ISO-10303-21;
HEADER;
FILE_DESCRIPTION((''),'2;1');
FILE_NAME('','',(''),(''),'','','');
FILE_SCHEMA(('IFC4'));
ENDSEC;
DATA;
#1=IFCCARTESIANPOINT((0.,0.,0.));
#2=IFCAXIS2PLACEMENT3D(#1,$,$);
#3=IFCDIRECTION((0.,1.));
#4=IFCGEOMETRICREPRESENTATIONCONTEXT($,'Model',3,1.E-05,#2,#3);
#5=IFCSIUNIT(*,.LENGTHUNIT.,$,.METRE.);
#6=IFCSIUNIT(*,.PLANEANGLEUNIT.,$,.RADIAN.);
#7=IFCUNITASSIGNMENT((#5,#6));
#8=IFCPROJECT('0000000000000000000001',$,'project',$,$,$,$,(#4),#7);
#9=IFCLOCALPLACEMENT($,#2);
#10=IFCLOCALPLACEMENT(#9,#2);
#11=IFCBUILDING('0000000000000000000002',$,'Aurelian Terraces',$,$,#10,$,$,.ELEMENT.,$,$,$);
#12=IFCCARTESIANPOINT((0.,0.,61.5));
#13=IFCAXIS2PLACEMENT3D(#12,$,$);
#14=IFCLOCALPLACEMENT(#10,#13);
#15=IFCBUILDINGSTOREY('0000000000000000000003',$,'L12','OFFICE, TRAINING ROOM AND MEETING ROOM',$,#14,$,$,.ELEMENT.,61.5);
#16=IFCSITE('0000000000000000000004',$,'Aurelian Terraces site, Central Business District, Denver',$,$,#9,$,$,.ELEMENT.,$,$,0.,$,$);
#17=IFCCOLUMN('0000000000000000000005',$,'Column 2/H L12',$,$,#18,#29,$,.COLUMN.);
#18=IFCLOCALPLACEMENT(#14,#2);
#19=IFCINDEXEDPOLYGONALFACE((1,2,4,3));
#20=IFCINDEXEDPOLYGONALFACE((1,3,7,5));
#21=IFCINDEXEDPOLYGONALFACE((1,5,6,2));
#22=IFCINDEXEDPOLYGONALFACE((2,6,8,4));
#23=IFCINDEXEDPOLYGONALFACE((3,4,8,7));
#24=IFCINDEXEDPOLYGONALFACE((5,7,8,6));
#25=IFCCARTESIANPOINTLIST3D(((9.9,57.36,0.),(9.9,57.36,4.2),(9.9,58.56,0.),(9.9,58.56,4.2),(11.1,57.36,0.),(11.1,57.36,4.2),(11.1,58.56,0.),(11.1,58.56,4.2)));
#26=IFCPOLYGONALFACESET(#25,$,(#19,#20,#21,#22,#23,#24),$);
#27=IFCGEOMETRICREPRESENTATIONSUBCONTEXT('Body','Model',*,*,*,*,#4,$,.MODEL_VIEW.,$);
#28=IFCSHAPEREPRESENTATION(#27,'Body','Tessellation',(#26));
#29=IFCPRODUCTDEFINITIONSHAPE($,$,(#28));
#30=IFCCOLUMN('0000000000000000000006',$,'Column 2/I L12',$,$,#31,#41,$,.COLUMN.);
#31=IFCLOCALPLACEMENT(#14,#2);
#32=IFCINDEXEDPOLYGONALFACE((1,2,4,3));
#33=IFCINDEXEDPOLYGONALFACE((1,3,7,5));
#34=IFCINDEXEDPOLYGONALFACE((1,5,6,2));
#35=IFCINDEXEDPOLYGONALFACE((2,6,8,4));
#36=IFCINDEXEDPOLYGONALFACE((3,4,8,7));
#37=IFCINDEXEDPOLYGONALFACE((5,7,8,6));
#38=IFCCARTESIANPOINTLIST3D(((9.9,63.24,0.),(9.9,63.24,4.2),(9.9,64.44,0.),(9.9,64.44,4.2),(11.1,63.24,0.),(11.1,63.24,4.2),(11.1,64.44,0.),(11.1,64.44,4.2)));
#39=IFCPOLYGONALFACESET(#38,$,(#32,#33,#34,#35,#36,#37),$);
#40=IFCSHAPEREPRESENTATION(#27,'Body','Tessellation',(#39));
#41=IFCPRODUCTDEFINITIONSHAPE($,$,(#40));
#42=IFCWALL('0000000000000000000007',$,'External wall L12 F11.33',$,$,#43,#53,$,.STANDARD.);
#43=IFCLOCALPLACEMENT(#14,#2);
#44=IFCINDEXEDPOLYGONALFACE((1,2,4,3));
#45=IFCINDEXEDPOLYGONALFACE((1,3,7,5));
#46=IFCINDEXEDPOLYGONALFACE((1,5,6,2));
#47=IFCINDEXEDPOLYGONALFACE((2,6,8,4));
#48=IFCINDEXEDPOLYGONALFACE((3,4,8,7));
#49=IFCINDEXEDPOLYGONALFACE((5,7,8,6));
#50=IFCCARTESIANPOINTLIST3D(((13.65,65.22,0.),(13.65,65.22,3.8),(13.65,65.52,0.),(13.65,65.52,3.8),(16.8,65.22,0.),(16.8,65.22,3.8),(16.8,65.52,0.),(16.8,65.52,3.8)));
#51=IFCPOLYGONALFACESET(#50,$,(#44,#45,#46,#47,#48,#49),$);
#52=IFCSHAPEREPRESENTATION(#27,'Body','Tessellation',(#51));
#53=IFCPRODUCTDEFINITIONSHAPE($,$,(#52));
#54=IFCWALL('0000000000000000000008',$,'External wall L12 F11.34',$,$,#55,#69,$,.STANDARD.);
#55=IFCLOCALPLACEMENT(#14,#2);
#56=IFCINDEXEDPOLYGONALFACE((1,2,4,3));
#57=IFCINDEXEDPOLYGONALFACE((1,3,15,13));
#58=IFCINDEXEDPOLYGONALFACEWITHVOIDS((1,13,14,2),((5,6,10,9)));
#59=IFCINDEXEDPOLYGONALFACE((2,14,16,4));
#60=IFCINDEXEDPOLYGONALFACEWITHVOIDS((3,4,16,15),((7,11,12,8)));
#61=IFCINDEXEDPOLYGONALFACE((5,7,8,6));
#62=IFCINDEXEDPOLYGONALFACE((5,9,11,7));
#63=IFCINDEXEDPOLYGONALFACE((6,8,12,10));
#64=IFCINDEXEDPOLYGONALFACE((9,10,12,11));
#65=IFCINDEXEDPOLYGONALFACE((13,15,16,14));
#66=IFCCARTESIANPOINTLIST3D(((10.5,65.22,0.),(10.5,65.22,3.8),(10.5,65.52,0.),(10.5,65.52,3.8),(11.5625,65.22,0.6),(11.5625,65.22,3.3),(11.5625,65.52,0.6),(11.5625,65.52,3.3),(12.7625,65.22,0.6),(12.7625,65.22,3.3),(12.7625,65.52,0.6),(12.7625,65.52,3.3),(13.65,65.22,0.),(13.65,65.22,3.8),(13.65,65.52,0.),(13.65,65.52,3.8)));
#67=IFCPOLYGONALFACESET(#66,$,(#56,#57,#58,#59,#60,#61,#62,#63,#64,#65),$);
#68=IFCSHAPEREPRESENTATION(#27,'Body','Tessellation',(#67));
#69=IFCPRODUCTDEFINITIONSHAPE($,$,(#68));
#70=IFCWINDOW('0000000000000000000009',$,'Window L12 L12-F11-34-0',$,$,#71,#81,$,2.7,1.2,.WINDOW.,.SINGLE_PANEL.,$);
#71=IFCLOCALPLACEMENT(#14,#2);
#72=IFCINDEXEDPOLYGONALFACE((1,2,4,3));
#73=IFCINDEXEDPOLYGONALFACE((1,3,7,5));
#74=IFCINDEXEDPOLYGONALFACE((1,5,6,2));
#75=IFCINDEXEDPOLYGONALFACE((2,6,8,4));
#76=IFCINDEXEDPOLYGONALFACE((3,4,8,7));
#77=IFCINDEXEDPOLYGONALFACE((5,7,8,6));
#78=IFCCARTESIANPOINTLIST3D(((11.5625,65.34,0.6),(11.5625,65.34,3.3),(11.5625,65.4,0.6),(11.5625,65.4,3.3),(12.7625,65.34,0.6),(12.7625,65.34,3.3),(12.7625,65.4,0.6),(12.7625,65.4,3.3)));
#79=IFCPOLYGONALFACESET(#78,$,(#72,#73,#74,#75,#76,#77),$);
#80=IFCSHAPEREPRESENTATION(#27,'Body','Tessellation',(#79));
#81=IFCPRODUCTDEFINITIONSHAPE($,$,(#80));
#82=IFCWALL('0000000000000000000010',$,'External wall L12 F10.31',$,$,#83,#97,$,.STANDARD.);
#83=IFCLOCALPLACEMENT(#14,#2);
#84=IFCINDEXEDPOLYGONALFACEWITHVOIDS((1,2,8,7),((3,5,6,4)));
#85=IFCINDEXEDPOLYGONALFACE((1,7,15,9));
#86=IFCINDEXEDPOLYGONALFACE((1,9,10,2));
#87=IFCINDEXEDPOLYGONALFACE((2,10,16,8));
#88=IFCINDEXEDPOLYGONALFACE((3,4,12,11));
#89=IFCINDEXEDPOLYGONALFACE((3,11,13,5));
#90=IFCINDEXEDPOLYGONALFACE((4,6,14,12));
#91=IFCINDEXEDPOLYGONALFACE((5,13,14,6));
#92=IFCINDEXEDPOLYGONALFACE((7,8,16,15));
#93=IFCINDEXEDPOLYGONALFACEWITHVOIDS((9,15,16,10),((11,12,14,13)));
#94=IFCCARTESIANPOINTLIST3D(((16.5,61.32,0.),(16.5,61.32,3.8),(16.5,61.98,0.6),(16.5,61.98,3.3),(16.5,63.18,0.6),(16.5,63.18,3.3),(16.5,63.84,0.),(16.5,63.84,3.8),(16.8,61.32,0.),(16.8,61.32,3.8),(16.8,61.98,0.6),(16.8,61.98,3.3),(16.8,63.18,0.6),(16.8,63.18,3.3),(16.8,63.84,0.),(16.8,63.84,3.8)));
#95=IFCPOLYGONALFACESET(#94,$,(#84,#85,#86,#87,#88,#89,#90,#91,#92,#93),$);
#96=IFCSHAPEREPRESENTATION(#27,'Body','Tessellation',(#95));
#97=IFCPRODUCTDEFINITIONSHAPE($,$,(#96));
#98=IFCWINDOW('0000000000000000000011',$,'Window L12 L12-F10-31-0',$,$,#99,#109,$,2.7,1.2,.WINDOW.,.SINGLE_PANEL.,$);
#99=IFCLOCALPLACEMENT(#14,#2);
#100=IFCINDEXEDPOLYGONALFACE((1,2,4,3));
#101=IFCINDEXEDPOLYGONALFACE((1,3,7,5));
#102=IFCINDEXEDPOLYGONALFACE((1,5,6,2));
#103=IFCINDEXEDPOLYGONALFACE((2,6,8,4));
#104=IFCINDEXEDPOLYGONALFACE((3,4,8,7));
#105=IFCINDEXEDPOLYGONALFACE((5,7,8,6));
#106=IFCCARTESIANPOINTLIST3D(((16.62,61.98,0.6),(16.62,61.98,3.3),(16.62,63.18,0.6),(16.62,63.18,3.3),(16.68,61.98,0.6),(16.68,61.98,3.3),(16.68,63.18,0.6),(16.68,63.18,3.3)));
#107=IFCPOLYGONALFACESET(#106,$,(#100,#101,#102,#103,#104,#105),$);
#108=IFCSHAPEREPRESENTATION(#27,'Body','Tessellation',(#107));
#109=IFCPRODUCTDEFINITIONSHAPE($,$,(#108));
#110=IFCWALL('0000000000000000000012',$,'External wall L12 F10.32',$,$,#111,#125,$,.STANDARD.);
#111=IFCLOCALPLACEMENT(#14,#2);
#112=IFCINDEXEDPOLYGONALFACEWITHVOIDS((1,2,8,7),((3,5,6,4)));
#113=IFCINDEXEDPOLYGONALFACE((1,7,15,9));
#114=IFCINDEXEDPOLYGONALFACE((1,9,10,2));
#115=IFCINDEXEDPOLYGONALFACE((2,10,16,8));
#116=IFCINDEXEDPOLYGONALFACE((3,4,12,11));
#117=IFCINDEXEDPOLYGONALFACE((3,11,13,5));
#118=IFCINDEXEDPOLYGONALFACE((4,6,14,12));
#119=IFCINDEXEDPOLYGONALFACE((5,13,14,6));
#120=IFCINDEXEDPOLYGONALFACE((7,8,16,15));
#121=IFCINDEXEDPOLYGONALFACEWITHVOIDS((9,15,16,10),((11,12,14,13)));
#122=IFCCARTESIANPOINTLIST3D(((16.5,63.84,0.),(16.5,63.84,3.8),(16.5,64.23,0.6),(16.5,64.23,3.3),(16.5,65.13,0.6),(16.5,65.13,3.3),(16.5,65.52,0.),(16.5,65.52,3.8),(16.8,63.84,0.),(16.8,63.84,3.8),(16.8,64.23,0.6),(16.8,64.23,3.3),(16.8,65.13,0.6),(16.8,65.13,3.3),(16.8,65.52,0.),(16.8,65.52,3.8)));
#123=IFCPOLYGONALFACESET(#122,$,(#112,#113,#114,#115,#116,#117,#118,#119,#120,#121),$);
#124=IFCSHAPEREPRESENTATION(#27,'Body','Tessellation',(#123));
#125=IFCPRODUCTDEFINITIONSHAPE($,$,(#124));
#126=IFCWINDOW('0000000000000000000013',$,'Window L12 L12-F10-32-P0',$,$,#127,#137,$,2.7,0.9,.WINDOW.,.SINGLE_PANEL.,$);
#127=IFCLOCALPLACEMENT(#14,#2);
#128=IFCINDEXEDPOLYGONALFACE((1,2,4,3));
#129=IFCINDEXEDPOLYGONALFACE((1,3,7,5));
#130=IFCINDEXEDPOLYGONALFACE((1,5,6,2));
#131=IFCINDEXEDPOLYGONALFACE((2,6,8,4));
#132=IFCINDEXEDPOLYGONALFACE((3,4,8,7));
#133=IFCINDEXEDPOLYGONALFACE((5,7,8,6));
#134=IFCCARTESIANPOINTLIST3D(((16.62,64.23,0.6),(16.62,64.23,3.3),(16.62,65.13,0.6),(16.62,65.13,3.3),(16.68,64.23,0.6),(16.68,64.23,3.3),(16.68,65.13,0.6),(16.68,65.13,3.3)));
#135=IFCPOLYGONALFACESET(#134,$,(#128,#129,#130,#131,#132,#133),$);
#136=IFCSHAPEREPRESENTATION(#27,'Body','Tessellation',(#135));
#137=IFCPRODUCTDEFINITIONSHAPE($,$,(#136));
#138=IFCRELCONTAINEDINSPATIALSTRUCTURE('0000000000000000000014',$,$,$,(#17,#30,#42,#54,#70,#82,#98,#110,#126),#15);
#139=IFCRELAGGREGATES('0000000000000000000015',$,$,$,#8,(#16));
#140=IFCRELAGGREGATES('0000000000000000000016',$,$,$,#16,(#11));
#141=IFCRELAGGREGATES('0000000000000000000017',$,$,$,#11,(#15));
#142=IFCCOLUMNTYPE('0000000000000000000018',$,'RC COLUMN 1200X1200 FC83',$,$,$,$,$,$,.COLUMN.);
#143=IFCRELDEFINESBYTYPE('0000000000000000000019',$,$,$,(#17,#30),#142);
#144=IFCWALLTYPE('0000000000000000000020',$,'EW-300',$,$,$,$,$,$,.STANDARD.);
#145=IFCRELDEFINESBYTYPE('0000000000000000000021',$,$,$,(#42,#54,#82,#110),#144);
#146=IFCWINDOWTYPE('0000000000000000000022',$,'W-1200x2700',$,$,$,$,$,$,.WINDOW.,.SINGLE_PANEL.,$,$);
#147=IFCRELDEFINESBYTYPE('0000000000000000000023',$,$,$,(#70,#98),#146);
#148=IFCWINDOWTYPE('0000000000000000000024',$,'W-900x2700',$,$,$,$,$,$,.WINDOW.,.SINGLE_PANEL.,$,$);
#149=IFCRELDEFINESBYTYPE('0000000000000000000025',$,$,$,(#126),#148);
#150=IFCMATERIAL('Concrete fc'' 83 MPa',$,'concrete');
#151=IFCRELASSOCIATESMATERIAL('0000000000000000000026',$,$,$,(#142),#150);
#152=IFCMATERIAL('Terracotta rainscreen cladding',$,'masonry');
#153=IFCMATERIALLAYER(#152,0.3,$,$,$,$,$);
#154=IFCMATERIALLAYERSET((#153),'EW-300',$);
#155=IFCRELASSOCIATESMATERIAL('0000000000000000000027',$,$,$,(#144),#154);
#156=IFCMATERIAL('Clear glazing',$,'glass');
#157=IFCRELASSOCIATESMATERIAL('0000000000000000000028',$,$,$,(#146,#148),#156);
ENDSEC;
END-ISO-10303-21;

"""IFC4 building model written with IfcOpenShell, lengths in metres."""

from ifc_helpers import new_model, si_unit, direction, frame, frame_2d, origin, origin_2d, place, context, subcontext, project, spatial, rectangle, extrude, source, transform, mapped, material, layer, layer_set, material_profile, profile_set, type_object, element, fill, save


model = new_model("IFC4")

# Units and contexts
model_context = context("Model", 3, precision=1e-05, world=origin(), true_north=direction((0.0, 1.0)))
body_context = subcontext(model_context, "Body", "Model", "MODEL_VIEW")
ifc_project = project(units=[si_unit("LENGTHUNIT", "METRE"), si_unit("PLANEANGLEUNIT", "RADIAN")], contexts=[model_context])

# Site, building, storey
site_placement = place(None, origin())
site = spatial("IfcSite", under=ifc_project, at=site_placement, Name="Aurelian Terraces site, Central Business District, Denver", CompositionType="ELEMENT", RefElevation=0.0)
building_placement = place(site_placement, origin())
building = spatial("IfcBuilding", under=site, at=building_placement, Name="Aurelian Terraces", CompositionType="ELEMENT")
storey_placement = place(building_placement, frame((0.0, 0.0, 61.5)))
storey = spatial("IfcBuildingStorey", under=building, at=storey_placement, Name="L12", Description="OFFICE, TRAINING ROOM AND MEETING ROOM", CompositionType="ELEMENT", Elevation=61.5)

# Columns
ifc_material_1 = material(Name="Concrete fc' 83 MPa", Category="concrete")
ifc_material_profile = material_profile(ifc_material_1, rectangle(XDim=1.2, YDim=1.2, at=origin_2d()))
ifc_profile_set = profile_set([ifc_material_profile], Name="Concrete fc' 83 MPa")
column_type = type_object("IfcColumnType", Name="RC COLUMN 1200X1200 FC83", PredefinedType="COLUMN", material=ifc_profile_set)
shared_shape_1 = source(origin(), body_context, "Body", "SweptSolid", [
    extrude(rectangle(XDim=1.2, YDim=1.2, at=origin_2d()), origin(), (0.0, 0.0, 1.0), 4.2),
])
for number, where, z_axis, x_axis, name in (
    (1, (10.5, 57.96, 0.0), (0.0, 0.0, 1.0), (1.0, 0.0, 0.0), "Column 2/H L12"),
    (2, (10.5, 63.84, 0.0), (0.0, 0.0, 1.0), (1.0, 0.0, 0.0), "Column 2/I L12"),
):
    element("IfcColumn", number, at=place(storey_placement, frame(where, z_axis=z_axis, x_axis=x_axis)), inside=storey, type_object=column_type, Name=name, PredefinedType="COLUMN", context=body_context, shape_type="MappedRepresentation", body=[
        mapped(shared_shape_1, transform((0.0, 0.0, 0.0), scale=1.0)),
    ])

# Wall
ifc_material_2 = material(Name="Terracotta rainscreen cladding", Category="masonry")
ifc_layer_1 = layer(ifc_material_2, 0.3)
ifc_layer_set_1 = layer_set([ifc_layer_1], Name="EW-300")
wall_type_1 = type_object("IfcWallType", Name="EW-300", PredefinedType="STANDARD", material=ifc_layer_set_1)
shared_shape_2 = source(origin(), body_context, "Body", "SweptSolid", [
    extrude(rectangle(XDim=3.15, YDim=0.3, at=frame_2d((1.575, 0.0))), origin(), (0.0, 0.0, 1.0), 3.8),
])
wall_1_placement = place(storey_placement, frame((16.8, 65.37, 0.0), z_axis=(0.0, 0.0, 1.0), x_axis=(-1.0, 0.0, 0.0)))
element("IfcWall", 3, at=wall_1_placement, inside=storey, type_object=wall_type_1, Name="External wall L12 F11.33", PredefinedType="STANDARD", context=body_context, shape_type="MappedRepresentation", body=[
    mapped(shared_shape_2, transform((0.0, 0.0, 0.0), scale=1.0)),
])

# Walls, openings, windows
wall_2_placement = place(storey_placement, frame((13.65, 65.37, 0.0), z_axis=(0.0, 0.0, 1.0), x_axis=(-1.0, 0.0, 0.0)))
wall_2 = element("IfcWall", 4, at=wall_2_placement, inside=storey, type_object=wall_type_1, Name="External wall L12 F11.34", PredefinedType="STANDARD", context=body_context, shape_type="MappedRepresentation", body=[
    mapped(shared_shape_2, transform((0.0, 0.0, 0.0), scale=1.0)),
])
shared_shape_3 = source(origin(), body_context, "Body", "SweptSolid", [
    extrude(rectangle(XDim=1.2, YDim=2.7, at=frame_2d((0.6, 1.35))), frame((0.0, 0.16, 0.0), z_axis=(0.0, -1.0, 0.0), x_axis=(1.0, 0.0, 0.0)), (0.0, 0.0, 1.0), 0.32),
])
opening_1_placement = place(wall_2_placement, frame((0.8875, 0.0, 0.6)))
opening_1 = element("IfcOpeningElement", 5, at=opening_1_placement, cuts=wall_2, PredefinedType="OPENING", context=body_context, shape_type="MappedRepresentation", body=[
    mapped(shared_shape_3, transform((0.0, 0.0, 0.0), scale=1.0)),
])
ifc_material_3 = material(Name="Clear glazing", Category="glass")
window_type_1 = type_object("IfcWindowType", Name="W-1200x2700", PartitioningType="SINGLE_PANEL", PredefinedType="WINDOW", material=ifc_material_3)
shared_shape_4 = source(origin(), body_context, "Body", "SweptSolid", [
    extrude(rectangle(XDim=1.2, YDim=2.7, at=frame_2d((0.6, 1.35))), frame((0.0, 0.03, 0.0), z_axis=(0.0, -1.0, 0.0), x_axis=(1.0, 0.0, 0.0)), (0.0, 0.0, 1.0), 0.06),
])
window_1_placement = place(opening_1_placement, origin())
window_1 = element("IfcWindow", 6, at=window_1_placement, inside=storey, type_object=window_type_1, Name="Window L12 L12-F11-34-0", OverallHeight=2.7, OverallWidth=1.2, PartitioningType="SINGLE_PANEL", PredefinedType="WINDOW", context=body_context, shape_type="MappedRepresentation", body=[
    mapped(shared_shape_4, transform((0.0, 0.0, 0.0), scale=1.0)),
])
fill(opening_1, window_1)
shared_shape_5 = source(origin(), body_context, "Body", "SweptSolid", [
    extrude(rectangle(XDim=2.52, YDim=0.3, at=frame_2d((1.26, 0.0))), origin(), (0.0, 0.0, 1.0), 3.8),
])
wall_3_placement = place(storey_placement, frame((16.65, 61.32, 0.0), z_axis=(0.0, 0.0, 1.0), x_axis=(0.0, 1.0, 0.0)))
wall_3 = element("IfcWall", 7, at=wall_3_placement, inside=storey, type_object=wall_type_1, Name="External wall L12 F10.31", PredefinedType="STANDARD", context=body_context, shape_type="MappedRepresentation", body=[
    mapped(shared_shape_5, transform((0.0, 0.0, 0.0), scale=1.0)),
])
opening_2_placement = place(wall_3_placement, frame((0.66, 0.0, 0.6)))
opening_2 = element("IfcOpeningElement", 8, at=opening_2_placement, cuts=wall_3, PredefinedType="OPENING", context=body_context, shape_type="MappedRepresentation", body=[
    mapped(shared_shape_3, transform((0.0, 0.0, 0.0), scale=1.0)),
])
window_2_placement = place(opening_2_placement, origin())
window_2 = element("IfcWindow", 9, at=window_2_placement, inside=storey, type_object=window_type_1, Name="Window L12 L12-F10-31-0", OverallHeight=2.7, OverallWidth=1.2, PartitioningType="SINGLE_PANEL", PredefinedType="WINDOW", context=body_context, shape_type="MappedRepresentation", body=[
    mapped(shared_shape_4, transform((0.0, 0.0, 0.0), scale=1.0)),
])
fill(opening_2, window_2)
shared_shape_6 = source(origin(), body_context, "Body", "SweptSolid", [
    extrude(rectangle(XDim=1.68, YDim=0.3, at=frame_2d((0.84, 0.0))), origin(), (0.0, 0.0, 1.0), 3.8),
])
wall_4_placement = place(storey_placement, frame((16.65, 63.84, 0.0), z_axis=(0.0, 0.0, 1.0), x_axis=(0.0, 1.0, 0.0)))
wall_4 = element("IfcWall", 10, at=wall_4_placement, inside=storey, type_object=wall_type_1, Name="External wall L12 F10.32", PredefinedType="STANDARD", context=body_context, shape_type="MappedRepresentation", body=[
    mapped(shared_shape_6, transform((0.0, 0.0, 0.0), scale=1.0)),
])
shared_shape_7 = source(origin(), body_context, "Body", "SweptSolid", [
    extrude(rectangle(XDim=0.9, YDim=2.7, at=frame_2d((0.45, 1.35))), frame((0.0, 0.16, 0.0), z_axis=(0.0, -1.0, 0.0), x_axis=(1.0, 0.0, 0.0)), (0.0, 0.0, 1.0), 0.32),
])
opening_3_placement = place(wall_4_placement, frame((0.39, 0.0, 0.6)))
opening_3 = element("IfcOpeningElement", 11, at=opening_3_placement, cuts=wall_4, PredefinedType="OPENING", context=body_context, shape_type="MappedRepresentation", body=[
    mapped(shared_shape_7, transform((0.0, 0.0, 0.0), scale=1.0)),
])
window_type_2 = type_object("IfcWindowType", Name="W-900x2700", PartitioningType="SINGLE_PANEL", PredefinedType="WINDOW", material=ifc_material_3)
shared_shape_8 = source(origin(), body_context, "Body", "SweptSolid", [
    extrude(rectangle(XDim=0.9, YDim=2.7, at=frame_2d((0.45, 1.35))), frame((0.0, 0.03, 0.0), z_axis=(0.0, -1.0, 0.0), x_axis=(1.0, 0.0, 0.0)), (0.0, 0.0, 1.0), 0.06),
])
window_3_placement = place(opening_3_placement, origin())
window_3 = element("IfcWindow", 12, at=window_3_placement, inside=storey, type_object=window_type_2, Name="Window L12 L12-F10-32-P0", OverallHeight=2.7, OverallWidth=0.9, PartitioningType="SINGLE_PANEL", PredefinedType="WINDOW", context=body_context, shape_type="MappedRepresentation", body=[
    mapped(shared_shape_8, transform((0.0, 0.0, 0.0), scale=1.0)),
])
fill(opening_3, window_3)

save(model, "model.ifc")
